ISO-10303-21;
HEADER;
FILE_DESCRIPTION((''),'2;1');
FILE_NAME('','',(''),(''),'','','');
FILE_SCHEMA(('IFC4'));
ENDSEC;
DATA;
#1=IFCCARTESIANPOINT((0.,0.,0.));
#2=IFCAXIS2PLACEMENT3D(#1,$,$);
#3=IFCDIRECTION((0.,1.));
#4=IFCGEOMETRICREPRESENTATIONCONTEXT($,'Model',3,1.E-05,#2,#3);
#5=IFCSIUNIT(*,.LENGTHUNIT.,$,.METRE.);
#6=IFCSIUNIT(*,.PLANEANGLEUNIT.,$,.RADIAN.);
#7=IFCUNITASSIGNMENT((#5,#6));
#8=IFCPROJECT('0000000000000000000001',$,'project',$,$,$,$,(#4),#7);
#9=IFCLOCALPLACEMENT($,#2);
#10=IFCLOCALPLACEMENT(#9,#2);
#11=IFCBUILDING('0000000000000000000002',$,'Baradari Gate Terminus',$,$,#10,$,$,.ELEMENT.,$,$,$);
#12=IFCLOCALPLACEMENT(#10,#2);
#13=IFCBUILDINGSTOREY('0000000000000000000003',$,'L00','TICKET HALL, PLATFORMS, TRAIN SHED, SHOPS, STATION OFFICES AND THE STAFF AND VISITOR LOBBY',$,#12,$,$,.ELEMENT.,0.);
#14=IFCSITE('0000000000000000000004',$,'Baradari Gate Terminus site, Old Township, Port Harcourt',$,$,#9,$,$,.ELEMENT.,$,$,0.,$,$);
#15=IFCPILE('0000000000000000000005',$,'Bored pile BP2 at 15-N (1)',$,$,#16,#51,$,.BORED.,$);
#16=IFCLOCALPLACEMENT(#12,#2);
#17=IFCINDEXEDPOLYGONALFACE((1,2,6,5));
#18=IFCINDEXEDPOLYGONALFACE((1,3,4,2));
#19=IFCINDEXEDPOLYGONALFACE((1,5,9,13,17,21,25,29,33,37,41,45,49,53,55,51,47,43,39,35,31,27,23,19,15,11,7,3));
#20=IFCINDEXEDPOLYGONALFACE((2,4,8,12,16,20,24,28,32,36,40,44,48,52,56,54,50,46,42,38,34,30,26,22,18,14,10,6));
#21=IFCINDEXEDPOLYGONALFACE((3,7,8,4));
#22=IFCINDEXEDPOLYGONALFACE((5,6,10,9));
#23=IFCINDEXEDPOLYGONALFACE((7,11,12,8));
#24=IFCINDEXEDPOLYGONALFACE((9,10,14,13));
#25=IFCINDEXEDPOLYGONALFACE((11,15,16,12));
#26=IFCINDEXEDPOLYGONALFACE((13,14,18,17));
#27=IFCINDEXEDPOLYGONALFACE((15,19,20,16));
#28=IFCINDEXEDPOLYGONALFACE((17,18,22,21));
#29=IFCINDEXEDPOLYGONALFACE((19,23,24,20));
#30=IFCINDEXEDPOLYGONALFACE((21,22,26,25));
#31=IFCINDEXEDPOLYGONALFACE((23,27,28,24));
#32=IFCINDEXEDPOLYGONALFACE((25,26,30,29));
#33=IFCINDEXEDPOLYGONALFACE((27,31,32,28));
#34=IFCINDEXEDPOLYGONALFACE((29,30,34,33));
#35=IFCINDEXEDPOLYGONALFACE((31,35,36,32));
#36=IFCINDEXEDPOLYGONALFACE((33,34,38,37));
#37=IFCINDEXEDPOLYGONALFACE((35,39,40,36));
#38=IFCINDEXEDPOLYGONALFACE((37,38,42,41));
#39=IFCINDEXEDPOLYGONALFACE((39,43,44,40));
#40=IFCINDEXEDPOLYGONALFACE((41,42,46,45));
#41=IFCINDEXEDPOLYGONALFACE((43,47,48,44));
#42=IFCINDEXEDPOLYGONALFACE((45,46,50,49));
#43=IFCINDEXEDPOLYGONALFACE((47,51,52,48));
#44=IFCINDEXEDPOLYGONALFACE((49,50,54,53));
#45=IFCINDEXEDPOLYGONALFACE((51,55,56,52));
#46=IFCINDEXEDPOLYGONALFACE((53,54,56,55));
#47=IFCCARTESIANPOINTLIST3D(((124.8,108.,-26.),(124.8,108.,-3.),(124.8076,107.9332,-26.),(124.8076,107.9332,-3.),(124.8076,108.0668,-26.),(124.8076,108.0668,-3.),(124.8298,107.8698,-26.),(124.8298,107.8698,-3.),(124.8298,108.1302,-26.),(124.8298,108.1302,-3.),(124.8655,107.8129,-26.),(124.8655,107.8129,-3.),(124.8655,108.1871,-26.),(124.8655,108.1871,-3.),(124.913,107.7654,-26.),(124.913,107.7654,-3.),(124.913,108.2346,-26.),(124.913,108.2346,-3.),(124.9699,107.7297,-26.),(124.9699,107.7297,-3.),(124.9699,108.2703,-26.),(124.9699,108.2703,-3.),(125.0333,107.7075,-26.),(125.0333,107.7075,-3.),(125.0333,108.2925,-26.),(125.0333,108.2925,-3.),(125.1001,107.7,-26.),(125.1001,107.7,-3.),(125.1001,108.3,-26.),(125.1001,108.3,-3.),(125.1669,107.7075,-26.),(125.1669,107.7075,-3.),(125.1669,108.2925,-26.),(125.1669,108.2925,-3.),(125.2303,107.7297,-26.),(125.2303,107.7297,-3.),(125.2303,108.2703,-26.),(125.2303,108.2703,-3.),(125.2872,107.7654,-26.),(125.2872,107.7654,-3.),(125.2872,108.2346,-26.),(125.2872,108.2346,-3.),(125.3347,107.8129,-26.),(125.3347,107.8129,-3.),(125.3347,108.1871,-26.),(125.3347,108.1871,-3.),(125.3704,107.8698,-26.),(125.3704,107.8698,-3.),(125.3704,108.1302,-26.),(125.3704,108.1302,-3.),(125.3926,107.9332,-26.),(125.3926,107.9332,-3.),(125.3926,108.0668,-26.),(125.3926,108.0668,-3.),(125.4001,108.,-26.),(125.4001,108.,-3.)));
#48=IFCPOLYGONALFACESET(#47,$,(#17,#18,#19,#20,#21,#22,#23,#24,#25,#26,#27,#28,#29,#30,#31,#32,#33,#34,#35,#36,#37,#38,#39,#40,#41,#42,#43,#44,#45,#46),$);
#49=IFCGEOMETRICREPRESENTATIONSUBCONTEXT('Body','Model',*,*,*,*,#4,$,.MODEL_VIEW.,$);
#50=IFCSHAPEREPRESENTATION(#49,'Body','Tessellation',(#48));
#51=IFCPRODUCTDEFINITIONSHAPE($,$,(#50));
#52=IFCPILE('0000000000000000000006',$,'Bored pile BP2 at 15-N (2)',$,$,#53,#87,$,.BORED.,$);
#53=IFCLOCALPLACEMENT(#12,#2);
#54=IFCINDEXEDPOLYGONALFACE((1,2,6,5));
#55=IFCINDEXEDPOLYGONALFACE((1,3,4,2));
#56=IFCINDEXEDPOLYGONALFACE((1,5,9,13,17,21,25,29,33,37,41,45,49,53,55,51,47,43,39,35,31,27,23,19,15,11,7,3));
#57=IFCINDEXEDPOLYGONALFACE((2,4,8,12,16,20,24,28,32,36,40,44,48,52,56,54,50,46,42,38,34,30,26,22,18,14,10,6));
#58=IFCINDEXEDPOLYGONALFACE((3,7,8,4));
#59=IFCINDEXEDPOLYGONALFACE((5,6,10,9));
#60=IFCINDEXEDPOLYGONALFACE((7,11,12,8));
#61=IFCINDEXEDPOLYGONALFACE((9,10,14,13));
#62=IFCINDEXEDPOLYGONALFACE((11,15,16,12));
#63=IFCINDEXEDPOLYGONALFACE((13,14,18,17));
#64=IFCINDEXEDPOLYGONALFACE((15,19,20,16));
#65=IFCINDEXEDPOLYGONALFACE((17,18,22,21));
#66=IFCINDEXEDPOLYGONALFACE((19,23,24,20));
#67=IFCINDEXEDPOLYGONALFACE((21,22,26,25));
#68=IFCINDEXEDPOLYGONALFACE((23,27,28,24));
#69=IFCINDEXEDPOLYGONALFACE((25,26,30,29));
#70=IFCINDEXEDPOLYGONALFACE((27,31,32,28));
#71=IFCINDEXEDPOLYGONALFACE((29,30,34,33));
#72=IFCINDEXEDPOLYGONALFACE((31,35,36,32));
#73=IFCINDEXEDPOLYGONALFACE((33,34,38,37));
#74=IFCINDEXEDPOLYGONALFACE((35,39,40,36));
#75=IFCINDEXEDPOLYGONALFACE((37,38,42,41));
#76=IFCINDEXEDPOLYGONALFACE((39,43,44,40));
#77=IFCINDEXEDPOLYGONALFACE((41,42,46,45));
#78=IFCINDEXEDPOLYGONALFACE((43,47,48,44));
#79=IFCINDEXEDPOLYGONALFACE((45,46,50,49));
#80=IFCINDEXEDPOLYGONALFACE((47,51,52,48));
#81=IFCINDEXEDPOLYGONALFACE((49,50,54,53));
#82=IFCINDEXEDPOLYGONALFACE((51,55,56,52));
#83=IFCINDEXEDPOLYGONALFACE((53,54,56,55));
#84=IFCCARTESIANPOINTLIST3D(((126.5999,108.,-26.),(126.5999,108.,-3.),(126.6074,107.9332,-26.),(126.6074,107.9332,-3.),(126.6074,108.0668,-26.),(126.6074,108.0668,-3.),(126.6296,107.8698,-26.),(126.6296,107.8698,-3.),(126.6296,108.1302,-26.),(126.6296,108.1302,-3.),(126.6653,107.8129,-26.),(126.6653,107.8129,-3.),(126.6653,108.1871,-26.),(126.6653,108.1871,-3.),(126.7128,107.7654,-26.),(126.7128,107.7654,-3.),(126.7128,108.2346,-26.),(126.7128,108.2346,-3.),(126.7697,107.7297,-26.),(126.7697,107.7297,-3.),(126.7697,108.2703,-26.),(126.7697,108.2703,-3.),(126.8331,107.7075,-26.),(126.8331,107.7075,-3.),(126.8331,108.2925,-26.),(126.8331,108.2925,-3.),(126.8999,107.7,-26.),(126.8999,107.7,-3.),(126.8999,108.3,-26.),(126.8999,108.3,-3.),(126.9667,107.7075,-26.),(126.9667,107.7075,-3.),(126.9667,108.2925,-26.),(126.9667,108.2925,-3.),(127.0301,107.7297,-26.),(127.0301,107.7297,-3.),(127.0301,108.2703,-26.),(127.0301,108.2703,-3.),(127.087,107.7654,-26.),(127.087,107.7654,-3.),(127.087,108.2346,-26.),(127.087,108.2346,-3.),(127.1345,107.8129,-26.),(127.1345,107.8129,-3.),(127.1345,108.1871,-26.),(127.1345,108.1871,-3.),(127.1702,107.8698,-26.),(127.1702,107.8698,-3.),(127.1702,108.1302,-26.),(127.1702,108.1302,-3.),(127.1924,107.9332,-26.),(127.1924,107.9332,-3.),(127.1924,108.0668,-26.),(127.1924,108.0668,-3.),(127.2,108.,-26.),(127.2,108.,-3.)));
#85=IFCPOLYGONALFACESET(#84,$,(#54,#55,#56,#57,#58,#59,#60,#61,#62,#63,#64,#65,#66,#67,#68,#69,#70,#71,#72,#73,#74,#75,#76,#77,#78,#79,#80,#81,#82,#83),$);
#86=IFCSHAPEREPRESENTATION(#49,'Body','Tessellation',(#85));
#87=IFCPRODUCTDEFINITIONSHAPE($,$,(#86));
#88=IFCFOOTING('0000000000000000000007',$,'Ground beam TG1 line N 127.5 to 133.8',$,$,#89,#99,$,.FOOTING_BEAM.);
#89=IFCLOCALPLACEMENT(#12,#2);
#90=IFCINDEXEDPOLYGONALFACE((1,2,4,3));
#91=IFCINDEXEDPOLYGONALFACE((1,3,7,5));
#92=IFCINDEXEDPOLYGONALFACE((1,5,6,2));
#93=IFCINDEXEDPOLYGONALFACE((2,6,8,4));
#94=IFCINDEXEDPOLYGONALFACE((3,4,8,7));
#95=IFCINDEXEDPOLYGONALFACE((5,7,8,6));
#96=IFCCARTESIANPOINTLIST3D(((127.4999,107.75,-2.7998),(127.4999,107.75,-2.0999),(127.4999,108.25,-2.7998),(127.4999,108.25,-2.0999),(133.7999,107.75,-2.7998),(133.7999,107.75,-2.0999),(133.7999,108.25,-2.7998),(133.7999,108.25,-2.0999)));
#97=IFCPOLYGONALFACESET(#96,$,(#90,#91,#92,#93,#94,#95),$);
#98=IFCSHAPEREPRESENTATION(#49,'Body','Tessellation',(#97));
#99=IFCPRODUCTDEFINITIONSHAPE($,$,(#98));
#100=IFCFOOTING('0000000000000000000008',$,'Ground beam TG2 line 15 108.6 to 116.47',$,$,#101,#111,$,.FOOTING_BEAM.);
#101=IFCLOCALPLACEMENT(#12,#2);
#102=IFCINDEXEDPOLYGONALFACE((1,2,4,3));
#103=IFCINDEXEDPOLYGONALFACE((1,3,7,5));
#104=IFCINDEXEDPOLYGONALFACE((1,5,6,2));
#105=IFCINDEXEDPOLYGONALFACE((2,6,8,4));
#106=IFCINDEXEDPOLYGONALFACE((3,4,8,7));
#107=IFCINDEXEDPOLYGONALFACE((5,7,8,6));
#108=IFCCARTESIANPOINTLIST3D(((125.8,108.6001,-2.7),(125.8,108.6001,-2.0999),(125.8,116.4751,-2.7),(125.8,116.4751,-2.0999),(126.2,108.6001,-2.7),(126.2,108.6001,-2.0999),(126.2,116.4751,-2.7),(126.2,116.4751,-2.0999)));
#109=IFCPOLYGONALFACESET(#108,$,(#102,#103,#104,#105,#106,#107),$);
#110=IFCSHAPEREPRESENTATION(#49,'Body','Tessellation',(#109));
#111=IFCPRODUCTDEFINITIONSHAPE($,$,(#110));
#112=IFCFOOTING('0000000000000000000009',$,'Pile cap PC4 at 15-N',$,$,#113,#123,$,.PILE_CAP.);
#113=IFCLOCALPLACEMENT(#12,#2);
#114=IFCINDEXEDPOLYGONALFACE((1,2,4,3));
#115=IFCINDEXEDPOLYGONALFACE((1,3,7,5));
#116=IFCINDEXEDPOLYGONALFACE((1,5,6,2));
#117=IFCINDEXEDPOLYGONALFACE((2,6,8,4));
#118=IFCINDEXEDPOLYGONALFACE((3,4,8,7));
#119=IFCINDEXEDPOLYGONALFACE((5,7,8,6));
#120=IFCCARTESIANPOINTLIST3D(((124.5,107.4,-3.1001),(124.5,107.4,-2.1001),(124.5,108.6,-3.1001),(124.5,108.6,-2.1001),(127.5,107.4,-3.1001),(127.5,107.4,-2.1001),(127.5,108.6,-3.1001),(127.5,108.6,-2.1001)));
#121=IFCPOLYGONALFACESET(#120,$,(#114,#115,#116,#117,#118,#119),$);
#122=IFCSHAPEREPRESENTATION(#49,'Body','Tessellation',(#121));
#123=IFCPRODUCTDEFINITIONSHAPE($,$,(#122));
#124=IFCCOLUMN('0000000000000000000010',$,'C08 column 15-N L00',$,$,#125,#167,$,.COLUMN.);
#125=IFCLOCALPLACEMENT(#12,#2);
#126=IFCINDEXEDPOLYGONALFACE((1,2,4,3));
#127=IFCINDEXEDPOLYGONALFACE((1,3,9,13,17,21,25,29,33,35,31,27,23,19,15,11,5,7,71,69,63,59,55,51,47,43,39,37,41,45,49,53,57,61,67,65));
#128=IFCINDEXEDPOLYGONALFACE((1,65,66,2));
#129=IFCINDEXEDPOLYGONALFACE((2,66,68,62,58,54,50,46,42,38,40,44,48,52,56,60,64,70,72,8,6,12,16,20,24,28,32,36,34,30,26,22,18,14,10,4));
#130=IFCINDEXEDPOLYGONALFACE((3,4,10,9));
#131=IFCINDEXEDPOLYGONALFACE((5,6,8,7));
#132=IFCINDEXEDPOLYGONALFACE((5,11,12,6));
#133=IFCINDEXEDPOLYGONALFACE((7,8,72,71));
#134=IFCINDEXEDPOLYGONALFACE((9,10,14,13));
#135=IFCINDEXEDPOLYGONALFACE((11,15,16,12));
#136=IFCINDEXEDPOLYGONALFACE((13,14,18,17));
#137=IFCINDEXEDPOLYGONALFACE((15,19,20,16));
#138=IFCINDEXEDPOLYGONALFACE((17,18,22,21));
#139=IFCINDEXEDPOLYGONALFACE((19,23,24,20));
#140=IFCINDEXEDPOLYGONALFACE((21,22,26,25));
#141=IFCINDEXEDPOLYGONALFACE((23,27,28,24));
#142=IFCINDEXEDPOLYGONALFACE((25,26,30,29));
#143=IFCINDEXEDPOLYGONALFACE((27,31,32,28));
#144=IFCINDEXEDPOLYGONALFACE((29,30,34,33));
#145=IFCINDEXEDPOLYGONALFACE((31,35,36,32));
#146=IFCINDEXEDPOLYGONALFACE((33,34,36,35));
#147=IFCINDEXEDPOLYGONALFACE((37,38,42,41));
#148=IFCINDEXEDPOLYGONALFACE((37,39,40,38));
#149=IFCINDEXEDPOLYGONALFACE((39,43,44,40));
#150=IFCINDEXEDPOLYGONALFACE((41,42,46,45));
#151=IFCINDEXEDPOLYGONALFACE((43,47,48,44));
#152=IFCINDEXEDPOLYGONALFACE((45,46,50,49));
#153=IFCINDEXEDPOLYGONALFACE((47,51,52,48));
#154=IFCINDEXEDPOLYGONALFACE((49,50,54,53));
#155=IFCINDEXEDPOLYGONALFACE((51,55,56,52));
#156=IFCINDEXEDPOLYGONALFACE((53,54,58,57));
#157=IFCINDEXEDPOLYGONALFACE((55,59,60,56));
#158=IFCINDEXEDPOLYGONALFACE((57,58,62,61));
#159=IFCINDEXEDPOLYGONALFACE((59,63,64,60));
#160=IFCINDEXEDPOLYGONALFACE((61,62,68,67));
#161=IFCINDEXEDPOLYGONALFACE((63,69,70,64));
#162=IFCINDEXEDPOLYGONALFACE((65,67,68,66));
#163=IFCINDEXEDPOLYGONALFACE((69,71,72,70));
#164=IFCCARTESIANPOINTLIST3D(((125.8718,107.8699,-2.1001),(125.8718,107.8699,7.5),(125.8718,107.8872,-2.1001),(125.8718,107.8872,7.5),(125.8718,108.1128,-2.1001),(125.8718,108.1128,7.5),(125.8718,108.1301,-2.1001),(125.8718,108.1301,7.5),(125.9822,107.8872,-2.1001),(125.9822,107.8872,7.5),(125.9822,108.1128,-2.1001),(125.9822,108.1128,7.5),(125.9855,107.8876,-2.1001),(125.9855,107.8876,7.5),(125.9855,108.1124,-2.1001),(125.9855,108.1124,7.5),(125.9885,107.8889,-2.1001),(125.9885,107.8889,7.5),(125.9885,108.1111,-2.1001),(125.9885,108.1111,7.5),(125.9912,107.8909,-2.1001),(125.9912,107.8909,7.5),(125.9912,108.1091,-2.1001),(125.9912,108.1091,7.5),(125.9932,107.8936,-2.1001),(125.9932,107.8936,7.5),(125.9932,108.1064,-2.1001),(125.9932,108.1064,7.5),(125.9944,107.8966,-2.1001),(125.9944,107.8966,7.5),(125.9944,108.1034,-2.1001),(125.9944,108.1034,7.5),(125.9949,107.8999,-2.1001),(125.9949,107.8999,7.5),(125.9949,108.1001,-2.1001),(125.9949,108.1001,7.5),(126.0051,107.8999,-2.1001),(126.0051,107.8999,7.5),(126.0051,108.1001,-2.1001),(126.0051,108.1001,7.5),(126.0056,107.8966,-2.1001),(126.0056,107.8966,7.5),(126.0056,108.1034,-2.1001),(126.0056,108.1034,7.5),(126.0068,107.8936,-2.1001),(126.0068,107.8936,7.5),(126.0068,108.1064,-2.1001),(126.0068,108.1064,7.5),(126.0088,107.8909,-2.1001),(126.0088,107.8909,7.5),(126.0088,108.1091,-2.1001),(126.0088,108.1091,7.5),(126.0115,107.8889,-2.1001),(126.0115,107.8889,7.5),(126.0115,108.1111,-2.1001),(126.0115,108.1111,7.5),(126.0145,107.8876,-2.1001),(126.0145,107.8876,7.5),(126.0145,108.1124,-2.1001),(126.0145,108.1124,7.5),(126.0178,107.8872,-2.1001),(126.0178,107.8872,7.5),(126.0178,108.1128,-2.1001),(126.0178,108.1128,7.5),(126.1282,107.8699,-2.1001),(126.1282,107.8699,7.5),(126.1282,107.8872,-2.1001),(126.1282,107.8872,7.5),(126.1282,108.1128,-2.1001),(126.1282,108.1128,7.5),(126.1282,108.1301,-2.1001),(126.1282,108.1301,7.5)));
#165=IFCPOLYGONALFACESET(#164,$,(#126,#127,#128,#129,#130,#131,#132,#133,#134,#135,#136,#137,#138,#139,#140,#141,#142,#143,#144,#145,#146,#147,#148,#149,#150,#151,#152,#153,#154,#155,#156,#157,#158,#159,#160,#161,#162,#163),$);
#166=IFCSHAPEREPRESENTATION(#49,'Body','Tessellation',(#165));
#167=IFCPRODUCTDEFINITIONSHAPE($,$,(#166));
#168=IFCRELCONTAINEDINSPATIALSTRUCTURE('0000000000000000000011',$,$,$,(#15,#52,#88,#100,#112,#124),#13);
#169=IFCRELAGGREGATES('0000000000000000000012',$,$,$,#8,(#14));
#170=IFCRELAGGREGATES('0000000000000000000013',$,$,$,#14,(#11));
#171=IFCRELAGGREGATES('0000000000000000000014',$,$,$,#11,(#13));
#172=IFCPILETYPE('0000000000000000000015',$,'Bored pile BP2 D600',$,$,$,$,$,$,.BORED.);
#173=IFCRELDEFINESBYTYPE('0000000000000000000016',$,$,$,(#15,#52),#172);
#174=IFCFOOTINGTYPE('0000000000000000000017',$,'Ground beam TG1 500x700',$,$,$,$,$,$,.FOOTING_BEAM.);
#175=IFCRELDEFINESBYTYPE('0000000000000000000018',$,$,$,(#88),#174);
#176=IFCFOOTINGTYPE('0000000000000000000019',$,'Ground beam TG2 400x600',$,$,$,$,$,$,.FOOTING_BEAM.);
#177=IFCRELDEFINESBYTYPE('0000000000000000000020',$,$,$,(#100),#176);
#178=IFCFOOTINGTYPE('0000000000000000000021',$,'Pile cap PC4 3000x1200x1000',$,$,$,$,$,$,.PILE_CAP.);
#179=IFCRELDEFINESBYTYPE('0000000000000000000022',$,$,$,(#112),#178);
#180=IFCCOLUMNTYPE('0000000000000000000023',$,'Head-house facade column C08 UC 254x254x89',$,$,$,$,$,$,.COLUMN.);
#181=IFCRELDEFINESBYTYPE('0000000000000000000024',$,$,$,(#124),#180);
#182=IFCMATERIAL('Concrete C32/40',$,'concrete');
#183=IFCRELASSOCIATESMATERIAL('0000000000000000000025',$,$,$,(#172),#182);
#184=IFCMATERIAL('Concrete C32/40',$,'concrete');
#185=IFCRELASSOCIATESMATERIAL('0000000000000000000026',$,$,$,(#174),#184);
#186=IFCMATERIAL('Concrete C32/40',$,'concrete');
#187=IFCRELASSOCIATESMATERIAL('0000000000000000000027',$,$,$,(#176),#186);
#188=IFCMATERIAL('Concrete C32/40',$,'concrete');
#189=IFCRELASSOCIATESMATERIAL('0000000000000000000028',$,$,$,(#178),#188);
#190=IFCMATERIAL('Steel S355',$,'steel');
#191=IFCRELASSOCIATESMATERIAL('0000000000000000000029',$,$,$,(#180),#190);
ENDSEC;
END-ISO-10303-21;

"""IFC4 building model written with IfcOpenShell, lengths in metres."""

from ifc_helpers import new_model, si_unit, direction, frame, origin, origin_2d, place, context, subcontext, project, spatial, rectangle, circle, i_section, extrude, material, material_profile, profile_set, type_object, element, save


model = new_model("IFC4")

# Units and contexts
model_context = context("Model", 3, precision=1e-05, world=origin(), true_north=direction((0.0, 1.0)))
body_context = subcontext(model_context, "Body", "Model", "MODEL_VIEW")
ifc_project = project(units=[si_unit("LENGTHUNIT", "METRE"), si_unit("PLANEANGLEUNIT", "RADIAN")], contexts=[model_context])

# Site, building, storey
site_placement = place(None, origin())
site = spatial("IfcSite", under=ifc_project, at=site_placement, Name="Baradari Gate Terminus site, Old Township, Port Harcourt", CompositionType="ELEMENT", RefElevation=0.0)
building_placement = place(site_placement, origin())
building = spatial("IfcBuilding", under=site, at=building_placement, Name="Baradari Gate Terminus", CompositionType="ELEMENT")
storey_placement = place(building_placement, origin())
storey = spatial("IfcBuildingStorey", under=building, at=storey_placement, Name="L00", Description="TICKET HALL, PLATFORMS, TRAIN SHED, SHOPS, STATION OFFICES AND THE STAFF AND VISITOR LOBBY", CompositionType="ELEMENT", Elevation=0.0)

# Piles
ifc_material_1 = material(Name="Concrete C32/40", Category="concrete")
pile_type = type_object("IfcPileType", Name="Bored pile BP2 D600", PredefinedType="BORED", material=ifc_material_1)
for number, where, z_axis, x_axis, name in (
    (1, (125.1001, 108.0, -3.0), (0.0, 0.0, -1.0), (1.0, 0.0, 0.0), "Bored pile BP2 at 15-N (1)"),
    (2, (126.8999, 108.0, -3.0), (0.0, 0.0, -1.0), (1.0, 0.0, 0.0), "Bored pile BP2 at 15-N (2)"),
):
    element("IfcPile", number, at=place(storey_placement, frame(where, z_axis=z_axis, x_axis=x_axis)), inside=storey, type_object=pile_type, Name=name, PredefinedType="BORED", context=body_context, shape_type="SweptSolid", body=[
        extrude(circle(Radius=0.3, at=origin_2d()), origin(), (0.0, 0.0, 1.0), 23.0),
    ])

# Footings
ifc_material_2 = material(Name="Concrete C32/40", Category="concrete")
footing_type_1 = type_object("IfcFootingType", Name="Ground beam TG1 500x700", PredefinedType="FOOTING_BEAM", material=ifc_material_2)
footing_1_placement = place(storey_placement, frame((130.6499, 108.0, -2.7998), z_axis=(0.0, 0.0, 1.0), x_axis=(1.0, 0.0, 0.0)))
element("IfcFooting", 3, at=footing_1_placement, inside=storey, type_object=footing_type_1, Name="Ground beam TG1 line N 127.5 to 133.8", PredefinedType="FOOTING_BEAM", context=body_context, shape_type="SweptSolid", body=[
    extrude(rectangle(XDim=6.3, YDim=0.5, at=origin_2d()), origin(), (0.0, 0.0, 1.0), 0.7),
])
ifc_material_3 = material(Name="Concrete C32/40", Category="concrete")
footing_type_2 = type_object("IfcFootingType", Name="Ground beam TG2 400x600", PredefinedType="FOOTING_BEAM", material=ifc_material_3)
footing_2_placement = place(storey_placement, frame((126.0, 112.5376, -2.7), z_axis=(0.0, 0.0, 1.0), x_axis=(1.0, 0.0, 0.0)))
element("IfcFooting", 4, at=footing_2_placement, inside=storey, type_object=footing_type_2, Name="Ground beam TG2 line 15 108.6 to 116.47", PredefinedType="FOOTING_BEAM", context=body_context, shape_type="SweptSolid", body=[
    extrude(rectangle(XDim=0.3999, YDim=7.875, at=origin_2d()), origin(), (0.0, 0.0, 1.0), 0.6001),
])
ifc_material_4 = material(Name="Concrete C32/40", Category="concrete")
footing_type_3 = type_object("IfcFootingType", Name="Pile cap PC4 3000x1200x1000", PredefinedType="PILE_CAP", material=ifc_material_4)
footing_3_placement = place(storey_placement, frame((126.0, 108.0, -3.1001), z_axis=(0.0, 0.0, 1.0), x_axis=(1.0, 0.0, 0.0)))
element("IfcFooting", 5, at=footing_3_placement, inside=storey, type_object=footing_type_3, Name="Pile cap PC4 at 15-N", PredefinedType="PILE_CAP", context=body_context, shape_type="SweptSolid", body=[
    extrude(rectangle(XDim=3.0, YDim=1.2, at=origin_2d()), origin(), (0.0, 0.0, 1.0), 1.0),
])

# Column
ifc_material_5 = material(Name="Steel S355", Category="steel")
ifc_material_profile_1 = material_profile(ifc_material_5, i_section(OverallWidth=0.2563, OverallDepth=0.2603, WebThickness=0.0103, FlangeThickness=0.0173, FilletRadius=0.0127, at=origin_2d()), Name="UC 254x254x89")
ifc_profile_set_1 = profile_set([ifc_material_profile_1], Name="Steel S355")
column_type = type_object("IfcColumnType", Name="Head-house facade column C08 UC 254x254x89", PredefinedType="COLUMN", material=ifc_profile_set_1)
column_placement = place(storey_placement, frame((126.0, 108.0, -2.1001), z_axis=(0.0, 0.0, 1.0), x_axis=(1.0, 0.0, 0.0)))
element("IfcColumn", 6, at=column_placement, inside=storey, type_object=column_type, Name="C08 column 15-N L00", PredefinedType="COLUMN", context=body_context, shape_type="SweptSolid", body=[
    extrude(i_section(OverallWidth=0.2563, OverallDepth=0.2603, WebThickness=0.0103, FlangeThickness=0.0173, FilletRadius=0.0127, at=origin_2d()), origin(), (0.0, 0.0, 1.0), 9.6001),
])

save(model, "model.ifc")
